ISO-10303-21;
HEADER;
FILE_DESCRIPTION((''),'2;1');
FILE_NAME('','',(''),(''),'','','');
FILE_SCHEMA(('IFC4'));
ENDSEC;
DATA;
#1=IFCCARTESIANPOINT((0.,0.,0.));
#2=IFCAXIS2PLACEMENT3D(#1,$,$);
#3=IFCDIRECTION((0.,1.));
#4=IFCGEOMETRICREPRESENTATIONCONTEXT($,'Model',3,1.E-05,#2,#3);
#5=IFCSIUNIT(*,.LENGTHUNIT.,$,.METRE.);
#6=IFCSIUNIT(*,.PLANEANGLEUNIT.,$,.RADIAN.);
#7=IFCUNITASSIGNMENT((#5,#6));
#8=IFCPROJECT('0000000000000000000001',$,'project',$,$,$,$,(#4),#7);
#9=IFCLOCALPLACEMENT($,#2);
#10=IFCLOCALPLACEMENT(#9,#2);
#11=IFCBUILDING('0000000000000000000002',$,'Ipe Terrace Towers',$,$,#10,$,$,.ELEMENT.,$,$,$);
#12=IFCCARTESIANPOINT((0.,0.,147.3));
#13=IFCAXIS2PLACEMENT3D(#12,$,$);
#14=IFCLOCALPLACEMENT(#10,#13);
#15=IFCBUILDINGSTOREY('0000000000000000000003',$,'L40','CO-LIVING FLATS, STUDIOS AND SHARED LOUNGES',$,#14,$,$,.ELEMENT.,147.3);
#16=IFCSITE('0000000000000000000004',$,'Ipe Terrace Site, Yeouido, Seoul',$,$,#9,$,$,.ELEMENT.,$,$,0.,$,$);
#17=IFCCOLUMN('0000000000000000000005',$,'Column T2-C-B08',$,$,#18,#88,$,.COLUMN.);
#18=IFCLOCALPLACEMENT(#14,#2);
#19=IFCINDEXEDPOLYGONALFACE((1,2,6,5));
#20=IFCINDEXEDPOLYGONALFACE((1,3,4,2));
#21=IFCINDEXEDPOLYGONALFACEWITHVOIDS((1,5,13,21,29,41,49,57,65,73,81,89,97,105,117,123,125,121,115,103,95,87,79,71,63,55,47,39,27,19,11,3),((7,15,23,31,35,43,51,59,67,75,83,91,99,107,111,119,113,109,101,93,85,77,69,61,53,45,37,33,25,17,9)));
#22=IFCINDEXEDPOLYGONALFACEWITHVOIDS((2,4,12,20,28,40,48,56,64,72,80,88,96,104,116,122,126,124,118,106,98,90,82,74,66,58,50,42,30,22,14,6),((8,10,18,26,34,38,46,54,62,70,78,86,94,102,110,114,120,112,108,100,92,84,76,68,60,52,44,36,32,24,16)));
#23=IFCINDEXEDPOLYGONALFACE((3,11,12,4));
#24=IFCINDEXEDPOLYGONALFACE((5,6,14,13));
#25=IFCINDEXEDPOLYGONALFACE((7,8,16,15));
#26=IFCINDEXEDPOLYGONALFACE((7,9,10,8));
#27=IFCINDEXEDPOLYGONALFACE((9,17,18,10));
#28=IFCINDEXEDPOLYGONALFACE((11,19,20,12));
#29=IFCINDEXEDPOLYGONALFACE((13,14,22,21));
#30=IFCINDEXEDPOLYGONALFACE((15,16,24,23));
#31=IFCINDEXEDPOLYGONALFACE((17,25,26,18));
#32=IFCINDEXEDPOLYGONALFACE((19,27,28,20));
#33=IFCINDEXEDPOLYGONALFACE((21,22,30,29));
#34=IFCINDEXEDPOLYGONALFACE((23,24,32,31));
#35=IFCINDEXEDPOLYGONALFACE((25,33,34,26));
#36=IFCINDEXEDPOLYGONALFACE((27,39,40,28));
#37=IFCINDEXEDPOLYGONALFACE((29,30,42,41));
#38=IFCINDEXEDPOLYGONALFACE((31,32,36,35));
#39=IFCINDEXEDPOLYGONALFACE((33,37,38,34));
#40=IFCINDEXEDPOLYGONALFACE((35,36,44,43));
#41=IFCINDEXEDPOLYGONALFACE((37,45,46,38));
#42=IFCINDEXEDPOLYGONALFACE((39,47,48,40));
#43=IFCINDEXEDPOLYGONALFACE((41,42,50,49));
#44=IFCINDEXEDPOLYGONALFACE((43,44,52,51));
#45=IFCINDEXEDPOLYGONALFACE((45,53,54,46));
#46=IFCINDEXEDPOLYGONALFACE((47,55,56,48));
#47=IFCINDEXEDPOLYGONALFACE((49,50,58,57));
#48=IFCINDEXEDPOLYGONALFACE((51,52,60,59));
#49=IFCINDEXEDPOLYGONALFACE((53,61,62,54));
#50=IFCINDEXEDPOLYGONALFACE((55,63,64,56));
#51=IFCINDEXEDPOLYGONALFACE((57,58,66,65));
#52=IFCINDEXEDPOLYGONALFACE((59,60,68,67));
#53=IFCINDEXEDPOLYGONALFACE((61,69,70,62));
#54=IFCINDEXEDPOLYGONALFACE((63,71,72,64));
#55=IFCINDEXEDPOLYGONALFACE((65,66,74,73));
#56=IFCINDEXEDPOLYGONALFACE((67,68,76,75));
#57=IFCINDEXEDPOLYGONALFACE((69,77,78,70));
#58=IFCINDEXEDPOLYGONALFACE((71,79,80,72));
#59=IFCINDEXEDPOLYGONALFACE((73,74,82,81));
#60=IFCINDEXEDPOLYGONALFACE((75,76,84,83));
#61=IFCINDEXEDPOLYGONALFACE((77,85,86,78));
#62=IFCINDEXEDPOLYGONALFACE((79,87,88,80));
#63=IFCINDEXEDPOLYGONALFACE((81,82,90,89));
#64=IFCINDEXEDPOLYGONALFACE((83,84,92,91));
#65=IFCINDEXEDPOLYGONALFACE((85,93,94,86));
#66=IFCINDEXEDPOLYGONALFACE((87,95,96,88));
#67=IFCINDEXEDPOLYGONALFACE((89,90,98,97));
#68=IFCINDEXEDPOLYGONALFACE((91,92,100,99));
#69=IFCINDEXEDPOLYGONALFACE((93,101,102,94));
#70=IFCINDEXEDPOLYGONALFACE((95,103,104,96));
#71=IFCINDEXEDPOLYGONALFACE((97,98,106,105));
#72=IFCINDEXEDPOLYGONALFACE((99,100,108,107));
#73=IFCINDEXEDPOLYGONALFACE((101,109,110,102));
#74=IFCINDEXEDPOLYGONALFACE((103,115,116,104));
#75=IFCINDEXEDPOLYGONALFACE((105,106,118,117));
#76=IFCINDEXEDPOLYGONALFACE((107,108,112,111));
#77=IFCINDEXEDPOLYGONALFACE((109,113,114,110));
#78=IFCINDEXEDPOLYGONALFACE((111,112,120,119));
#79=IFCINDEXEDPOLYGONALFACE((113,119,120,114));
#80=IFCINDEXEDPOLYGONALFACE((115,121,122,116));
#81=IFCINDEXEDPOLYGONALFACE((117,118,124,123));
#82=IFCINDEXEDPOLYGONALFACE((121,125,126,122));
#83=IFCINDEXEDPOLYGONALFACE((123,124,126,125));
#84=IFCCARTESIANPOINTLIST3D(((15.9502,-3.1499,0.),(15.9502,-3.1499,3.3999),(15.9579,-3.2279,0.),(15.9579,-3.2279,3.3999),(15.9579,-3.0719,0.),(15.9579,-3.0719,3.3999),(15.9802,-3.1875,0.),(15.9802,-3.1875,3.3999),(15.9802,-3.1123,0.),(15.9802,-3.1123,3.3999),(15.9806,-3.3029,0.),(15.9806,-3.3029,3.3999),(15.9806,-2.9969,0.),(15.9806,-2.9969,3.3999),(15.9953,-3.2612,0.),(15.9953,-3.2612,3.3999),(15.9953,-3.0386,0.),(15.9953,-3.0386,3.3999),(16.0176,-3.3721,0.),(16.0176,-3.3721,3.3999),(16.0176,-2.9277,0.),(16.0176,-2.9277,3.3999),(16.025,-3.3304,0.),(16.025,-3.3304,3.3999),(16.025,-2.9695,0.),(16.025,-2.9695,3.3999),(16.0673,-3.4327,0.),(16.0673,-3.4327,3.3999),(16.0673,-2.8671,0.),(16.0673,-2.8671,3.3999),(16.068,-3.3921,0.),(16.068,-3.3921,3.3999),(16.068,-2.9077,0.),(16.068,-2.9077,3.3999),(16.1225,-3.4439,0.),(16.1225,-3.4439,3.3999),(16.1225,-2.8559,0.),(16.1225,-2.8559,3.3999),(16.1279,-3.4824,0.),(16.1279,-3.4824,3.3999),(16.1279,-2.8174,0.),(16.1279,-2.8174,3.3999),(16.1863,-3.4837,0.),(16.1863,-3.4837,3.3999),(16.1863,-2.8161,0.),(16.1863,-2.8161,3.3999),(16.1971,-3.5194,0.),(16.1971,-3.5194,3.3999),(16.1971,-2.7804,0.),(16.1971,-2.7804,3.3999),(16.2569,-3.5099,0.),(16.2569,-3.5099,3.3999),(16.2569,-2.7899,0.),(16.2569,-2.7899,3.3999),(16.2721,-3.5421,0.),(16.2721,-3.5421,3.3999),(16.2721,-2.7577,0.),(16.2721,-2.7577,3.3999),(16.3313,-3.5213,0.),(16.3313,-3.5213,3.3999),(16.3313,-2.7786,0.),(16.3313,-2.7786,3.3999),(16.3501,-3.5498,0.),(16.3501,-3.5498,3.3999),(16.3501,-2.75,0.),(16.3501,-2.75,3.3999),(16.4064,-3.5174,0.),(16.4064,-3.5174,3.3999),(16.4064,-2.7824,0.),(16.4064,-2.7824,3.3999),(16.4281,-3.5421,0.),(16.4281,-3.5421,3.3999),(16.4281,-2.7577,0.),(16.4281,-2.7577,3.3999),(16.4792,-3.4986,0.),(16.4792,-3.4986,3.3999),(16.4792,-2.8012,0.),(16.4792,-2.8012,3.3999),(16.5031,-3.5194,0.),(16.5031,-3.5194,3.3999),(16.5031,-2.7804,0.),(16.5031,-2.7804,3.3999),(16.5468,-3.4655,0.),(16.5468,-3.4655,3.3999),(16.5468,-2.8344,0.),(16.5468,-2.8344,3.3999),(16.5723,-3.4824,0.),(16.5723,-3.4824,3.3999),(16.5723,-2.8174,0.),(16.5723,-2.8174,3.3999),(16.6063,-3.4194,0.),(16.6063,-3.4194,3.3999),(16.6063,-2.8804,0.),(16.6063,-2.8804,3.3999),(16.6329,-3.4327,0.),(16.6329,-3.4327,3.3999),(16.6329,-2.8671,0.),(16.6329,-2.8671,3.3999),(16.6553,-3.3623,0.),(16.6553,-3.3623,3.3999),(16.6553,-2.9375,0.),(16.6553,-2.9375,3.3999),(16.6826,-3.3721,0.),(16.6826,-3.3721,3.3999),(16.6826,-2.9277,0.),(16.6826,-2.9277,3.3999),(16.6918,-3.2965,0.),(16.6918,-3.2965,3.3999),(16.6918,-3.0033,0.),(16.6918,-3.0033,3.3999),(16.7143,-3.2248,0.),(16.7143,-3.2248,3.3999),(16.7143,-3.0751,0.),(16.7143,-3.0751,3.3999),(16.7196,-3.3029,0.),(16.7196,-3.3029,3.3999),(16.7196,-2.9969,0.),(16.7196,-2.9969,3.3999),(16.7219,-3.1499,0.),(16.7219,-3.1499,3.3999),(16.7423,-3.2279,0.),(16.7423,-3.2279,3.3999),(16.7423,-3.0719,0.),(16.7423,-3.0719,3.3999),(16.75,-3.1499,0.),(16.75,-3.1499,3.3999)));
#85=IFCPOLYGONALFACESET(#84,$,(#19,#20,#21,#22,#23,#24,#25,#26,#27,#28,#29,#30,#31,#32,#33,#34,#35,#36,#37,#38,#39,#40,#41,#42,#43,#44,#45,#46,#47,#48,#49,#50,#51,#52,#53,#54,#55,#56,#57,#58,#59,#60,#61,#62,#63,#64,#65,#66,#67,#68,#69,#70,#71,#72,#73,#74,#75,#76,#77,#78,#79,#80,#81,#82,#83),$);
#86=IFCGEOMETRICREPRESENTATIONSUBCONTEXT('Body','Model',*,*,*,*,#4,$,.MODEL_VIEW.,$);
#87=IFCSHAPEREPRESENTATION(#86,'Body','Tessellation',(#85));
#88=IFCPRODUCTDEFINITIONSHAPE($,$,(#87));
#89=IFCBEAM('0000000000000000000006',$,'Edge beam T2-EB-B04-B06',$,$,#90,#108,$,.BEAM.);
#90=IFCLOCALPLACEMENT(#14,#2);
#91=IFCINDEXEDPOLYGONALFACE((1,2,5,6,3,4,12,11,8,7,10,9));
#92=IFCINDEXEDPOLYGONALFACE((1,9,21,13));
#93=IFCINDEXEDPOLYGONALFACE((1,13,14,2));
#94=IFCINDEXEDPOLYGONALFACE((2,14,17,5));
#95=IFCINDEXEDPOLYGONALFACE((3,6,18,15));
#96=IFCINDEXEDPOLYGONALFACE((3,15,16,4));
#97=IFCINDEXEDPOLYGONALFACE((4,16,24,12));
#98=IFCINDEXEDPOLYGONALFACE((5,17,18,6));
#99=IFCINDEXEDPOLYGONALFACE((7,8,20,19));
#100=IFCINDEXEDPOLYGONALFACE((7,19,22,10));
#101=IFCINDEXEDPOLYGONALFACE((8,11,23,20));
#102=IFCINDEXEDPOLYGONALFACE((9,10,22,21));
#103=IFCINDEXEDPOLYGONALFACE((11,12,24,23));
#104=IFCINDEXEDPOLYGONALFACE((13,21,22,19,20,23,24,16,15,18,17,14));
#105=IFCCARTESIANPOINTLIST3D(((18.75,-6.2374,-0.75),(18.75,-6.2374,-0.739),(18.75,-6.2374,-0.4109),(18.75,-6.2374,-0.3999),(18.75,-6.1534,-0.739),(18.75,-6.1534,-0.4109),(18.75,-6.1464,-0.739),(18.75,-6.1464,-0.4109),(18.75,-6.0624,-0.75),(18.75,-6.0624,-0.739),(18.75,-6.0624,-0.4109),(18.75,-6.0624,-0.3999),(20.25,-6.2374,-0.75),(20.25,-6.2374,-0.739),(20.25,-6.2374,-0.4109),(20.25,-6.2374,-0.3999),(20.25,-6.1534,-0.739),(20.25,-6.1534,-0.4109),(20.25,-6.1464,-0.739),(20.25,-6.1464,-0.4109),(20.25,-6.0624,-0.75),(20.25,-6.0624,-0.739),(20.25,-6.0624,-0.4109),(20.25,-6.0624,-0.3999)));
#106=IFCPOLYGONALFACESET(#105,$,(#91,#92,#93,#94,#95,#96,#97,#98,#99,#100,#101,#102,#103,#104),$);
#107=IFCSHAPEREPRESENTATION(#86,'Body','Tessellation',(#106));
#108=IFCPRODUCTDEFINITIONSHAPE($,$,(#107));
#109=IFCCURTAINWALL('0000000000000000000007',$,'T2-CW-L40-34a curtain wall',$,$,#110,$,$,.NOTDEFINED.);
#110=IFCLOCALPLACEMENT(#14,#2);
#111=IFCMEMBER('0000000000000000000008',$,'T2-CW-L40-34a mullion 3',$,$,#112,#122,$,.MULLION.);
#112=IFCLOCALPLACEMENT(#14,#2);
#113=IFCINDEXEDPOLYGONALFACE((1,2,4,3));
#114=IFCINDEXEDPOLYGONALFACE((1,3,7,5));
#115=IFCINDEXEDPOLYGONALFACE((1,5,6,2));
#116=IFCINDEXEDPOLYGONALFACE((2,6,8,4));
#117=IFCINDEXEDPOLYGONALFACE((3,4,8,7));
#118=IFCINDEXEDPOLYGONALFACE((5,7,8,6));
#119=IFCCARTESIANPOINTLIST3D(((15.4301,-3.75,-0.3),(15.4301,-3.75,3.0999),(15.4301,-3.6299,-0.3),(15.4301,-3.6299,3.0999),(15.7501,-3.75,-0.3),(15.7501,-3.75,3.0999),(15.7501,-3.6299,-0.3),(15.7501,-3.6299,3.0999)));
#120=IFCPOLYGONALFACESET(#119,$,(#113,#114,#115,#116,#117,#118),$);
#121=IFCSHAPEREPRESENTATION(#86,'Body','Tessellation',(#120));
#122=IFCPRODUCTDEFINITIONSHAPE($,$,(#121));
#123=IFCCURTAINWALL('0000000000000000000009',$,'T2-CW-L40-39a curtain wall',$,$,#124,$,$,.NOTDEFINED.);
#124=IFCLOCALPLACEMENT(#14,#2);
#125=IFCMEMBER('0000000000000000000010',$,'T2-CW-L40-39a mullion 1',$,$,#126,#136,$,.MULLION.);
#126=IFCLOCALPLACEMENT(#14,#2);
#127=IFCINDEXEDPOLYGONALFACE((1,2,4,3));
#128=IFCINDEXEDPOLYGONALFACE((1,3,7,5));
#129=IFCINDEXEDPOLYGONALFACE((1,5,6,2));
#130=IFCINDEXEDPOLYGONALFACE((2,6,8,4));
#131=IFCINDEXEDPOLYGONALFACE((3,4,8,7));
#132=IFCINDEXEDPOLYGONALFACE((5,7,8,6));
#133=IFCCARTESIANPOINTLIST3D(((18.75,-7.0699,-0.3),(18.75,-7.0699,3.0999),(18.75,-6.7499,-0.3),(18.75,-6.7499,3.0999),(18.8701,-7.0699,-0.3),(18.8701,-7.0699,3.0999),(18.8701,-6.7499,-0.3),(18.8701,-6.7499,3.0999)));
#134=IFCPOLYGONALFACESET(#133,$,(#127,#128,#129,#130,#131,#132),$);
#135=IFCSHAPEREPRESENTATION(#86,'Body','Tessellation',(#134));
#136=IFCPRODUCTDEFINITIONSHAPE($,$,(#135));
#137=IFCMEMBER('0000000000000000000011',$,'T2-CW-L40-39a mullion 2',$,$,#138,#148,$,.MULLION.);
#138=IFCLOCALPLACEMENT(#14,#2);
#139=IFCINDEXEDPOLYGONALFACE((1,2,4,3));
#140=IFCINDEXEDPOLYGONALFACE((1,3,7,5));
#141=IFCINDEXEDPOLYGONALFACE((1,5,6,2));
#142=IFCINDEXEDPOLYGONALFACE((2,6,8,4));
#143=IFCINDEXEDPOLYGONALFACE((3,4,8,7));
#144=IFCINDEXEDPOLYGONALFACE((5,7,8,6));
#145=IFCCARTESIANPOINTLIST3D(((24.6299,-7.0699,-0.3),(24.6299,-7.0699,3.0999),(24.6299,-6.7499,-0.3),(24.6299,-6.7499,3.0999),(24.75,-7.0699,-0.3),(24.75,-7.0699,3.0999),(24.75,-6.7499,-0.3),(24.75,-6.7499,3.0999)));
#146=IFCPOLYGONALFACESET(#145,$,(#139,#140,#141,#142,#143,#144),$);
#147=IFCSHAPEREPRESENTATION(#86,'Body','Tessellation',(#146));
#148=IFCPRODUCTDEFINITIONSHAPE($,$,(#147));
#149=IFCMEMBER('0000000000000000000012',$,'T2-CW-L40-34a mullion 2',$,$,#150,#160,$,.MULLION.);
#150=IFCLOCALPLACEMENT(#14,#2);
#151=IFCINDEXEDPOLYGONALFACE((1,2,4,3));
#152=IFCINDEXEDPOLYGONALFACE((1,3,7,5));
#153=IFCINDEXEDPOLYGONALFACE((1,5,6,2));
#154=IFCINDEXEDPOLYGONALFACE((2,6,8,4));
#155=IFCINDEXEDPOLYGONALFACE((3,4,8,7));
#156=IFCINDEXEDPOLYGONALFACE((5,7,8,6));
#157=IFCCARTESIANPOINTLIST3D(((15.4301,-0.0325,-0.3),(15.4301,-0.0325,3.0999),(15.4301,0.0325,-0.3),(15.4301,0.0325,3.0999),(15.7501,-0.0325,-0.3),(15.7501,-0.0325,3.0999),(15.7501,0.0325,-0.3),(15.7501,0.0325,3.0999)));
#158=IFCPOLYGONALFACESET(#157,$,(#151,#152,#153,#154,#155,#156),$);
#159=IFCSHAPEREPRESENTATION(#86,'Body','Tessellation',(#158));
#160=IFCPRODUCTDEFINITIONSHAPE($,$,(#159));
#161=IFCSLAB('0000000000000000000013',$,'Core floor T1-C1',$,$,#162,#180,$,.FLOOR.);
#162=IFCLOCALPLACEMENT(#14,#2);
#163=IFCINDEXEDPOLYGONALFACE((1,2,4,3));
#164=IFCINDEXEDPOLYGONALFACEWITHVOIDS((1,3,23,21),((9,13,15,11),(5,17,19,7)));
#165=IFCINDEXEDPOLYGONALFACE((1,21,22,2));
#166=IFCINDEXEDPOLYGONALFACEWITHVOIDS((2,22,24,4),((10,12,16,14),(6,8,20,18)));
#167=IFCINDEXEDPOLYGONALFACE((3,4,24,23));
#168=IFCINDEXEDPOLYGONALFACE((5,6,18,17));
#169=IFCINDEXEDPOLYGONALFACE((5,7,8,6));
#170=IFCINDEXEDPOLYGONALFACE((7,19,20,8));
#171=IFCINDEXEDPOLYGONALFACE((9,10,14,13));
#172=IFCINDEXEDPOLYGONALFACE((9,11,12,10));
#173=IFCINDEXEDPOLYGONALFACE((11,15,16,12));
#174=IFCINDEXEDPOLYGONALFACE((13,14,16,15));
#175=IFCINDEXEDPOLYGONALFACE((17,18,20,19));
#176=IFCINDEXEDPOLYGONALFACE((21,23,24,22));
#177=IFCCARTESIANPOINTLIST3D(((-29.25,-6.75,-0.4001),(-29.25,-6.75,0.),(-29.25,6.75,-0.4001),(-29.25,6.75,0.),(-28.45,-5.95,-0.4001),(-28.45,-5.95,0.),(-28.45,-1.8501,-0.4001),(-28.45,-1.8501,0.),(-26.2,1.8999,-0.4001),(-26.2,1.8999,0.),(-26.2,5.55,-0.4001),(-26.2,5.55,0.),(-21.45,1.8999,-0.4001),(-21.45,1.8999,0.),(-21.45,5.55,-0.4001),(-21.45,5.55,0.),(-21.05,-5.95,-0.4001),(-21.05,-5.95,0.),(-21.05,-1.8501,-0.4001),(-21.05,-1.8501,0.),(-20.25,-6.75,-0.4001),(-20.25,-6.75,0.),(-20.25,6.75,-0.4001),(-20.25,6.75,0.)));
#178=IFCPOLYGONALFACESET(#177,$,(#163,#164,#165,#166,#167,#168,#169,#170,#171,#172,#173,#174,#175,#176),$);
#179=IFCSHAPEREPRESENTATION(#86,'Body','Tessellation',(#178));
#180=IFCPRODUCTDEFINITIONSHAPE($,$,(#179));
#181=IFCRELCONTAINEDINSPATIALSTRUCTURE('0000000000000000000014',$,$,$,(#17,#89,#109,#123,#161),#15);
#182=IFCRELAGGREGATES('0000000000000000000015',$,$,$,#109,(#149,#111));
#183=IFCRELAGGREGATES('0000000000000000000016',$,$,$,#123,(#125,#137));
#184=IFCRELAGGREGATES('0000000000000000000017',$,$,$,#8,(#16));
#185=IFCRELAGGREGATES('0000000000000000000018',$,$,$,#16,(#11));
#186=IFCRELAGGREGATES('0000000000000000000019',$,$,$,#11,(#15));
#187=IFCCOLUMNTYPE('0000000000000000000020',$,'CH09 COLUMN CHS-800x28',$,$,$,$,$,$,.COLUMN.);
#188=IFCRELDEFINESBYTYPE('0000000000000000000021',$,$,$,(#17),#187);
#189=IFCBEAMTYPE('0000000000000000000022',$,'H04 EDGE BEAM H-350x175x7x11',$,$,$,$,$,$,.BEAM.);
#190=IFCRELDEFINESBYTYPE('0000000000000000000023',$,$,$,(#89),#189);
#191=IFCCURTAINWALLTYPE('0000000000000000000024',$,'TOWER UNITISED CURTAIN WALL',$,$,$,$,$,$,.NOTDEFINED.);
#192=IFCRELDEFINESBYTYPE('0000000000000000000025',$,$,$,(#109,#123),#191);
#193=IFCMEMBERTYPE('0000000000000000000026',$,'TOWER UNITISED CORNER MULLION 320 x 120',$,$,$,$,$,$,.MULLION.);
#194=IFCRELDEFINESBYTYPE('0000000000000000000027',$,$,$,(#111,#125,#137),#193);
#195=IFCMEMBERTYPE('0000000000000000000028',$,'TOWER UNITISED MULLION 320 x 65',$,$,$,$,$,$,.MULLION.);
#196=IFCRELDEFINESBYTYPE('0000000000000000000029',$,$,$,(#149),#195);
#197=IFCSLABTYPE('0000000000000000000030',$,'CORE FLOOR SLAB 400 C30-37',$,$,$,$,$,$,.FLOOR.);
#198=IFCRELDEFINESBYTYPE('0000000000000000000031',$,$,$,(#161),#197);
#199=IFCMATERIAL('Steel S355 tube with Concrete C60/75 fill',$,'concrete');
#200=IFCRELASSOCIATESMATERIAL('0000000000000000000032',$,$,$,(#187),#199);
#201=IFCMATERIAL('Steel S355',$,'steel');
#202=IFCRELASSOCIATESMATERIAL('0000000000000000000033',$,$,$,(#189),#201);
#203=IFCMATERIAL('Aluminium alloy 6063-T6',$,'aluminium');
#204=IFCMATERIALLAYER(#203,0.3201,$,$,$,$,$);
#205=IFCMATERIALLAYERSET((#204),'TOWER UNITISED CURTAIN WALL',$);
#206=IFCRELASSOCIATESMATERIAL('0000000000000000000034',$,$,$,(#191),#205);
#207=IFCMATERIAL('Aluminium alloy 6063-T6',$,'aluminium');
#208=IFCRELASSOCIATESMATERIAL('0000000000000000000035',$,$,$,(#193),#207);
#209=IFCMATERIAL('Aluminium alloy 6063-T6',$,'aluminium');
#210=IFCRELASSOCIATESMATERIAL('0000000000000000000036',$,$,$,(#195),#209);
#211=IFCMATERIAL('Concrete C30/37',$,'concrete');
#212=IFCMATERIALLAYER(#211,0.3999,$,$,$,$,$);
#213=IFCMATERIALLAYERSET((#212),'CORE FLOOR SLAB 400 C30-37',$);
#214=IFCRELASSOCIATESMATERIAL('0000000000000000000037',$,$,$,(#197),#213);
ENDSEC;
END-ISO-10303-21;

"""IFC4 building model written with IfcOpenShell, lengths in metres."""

from ifc_helpers import new_model, si_unit, direction, frame, origin, origin_2d, place, context, subcontext, project, spatial, polyline, rectangle, hollow_circle, i_section, outline, extrude, material, layer, layer_set, material_profile, profile_set, type_object, element, aggregate, save


model = new_model("IFC4")

# Units and contexts
model_context = context("Model", 3, precision=1e-05, world=origin(), true_north=direction((0.0, 1.0)))
body_context = subcontext(model_context, "Body", "Model", "MODEL_VIEW")
ifc_project = project(units=[si_unit("LENGTHUNIT", "METRE"), si_unit("PLANEANGLEUNIT", "RADIAN")], contexts=[model_context])

# Site, building, storey
site_placement = place(None, origin())
site = spatial("IfcSite", under=ifc_project, at=site_placement, Name="Ipe Terrace Site, Yeouido, Seoul", CompositionType="ELEMENT", RefElevation=0.0)
building_placement = place(site_placement, origin())
building = spatial("IfcBuilding", under=site, at=building_placement, Name="Ipe Terrace Towers", CompositionType="ELEMENT")
storey_placement = place(building_placement, frame((0.0, 0.0, 147.3)))
storey = spatial("IfcBuildingStorey", under=building, at=storey_placement, Name="L40", Description="CO-LIVING FLATS, STUDIOS AND SHARED LOUNGES", CompositionType="ELEMENT", Elevation=147.3)

# Column
ifc_material_1 = material(Name="Steel S355 tube with Concrete C60/75 fill", Category="concrete")
ifc_material_profile_1 = material_profile(ifc_material_1, hollow_circle(Radius=0.3999, WallThickness=0.0281, at=origin_2d()), Name="CHS-800x28")
ifc_profile_set_1 = profile_set([ifc_material_profile_1], Name="Steel S355 tube with Concrete C60/75 fill")
column_type = type_object("IfcColumnType", Name="CH09 COLUMN CHS-800x28", PredefinedType="COLUMN", material=ifc_profile_set_1)
for number, where, z_axis, x_axis, name in (
    (1, (16.3501, -3.1499, 0.0), (0.0, 0.0, 1.0), (1.0, 0.0, 0.0), "Column T2-C-B08"),
):
    element("IfcColumn", number, at=place(storey_placement, frame(where, z_axis=z_axis, x_axis=x_axis)), inside=storey, type_object=column_type, Name=name, PredefinedType="COLUMN", context=body_context, shape_type="SweptSolid", body=[
        extrude(hollow_circle(Radius=0.3999, WallThickness=0.0281, at=origin_2d()), origin(), (0.0, 0.0, 1.0), 3.3999),
    ])

# Beam
ifc_material_2 = material(Name="Steel S355", Category="steel")
ifc_material_profile_2 = material_profile(ifc_material_2, i_section(OverallWidth=0.175, OverallDepth=0.3501, WebThickness=0.0071, FlangeThickness=0.011, at=origin_2d()), Name="H-350x175x7x11")
ifc_profile_set_2 = profile_set([ifc_material_profile_2], Name="Steel S355")
beam_type = type_object("IfcBeamType", Name="H04 EDGE BEAM H-350x175x7x11", PredefinedType="BEAM", material=ifc_profile_set_2)
beam_placement = place(storey_placement, frame((20.25, -6.1499, -0.575), z_axis=(-1.0, 0.0, 0.0), x_axis=(0.0, -1.0, 0.0)))
element("IfcBeam", 2, at=beam_placement, inside=storey, type_object=beam_type, Name="Edge beam T2-EB-B04-B06", PredefinedType="BEAM", context=body_context, shape_type="SweptSolid", body=[
    extrude(i_section(OverallWidth=0.175, OverallDepth=0.3501, WebThickness=0.0071, FlangeThickness=0.011, at=origin_2d()), origin(), (0.0, 0.0, 1.0), 1.5),
])

# Curtain wall, member
ifc_material_3 = material(Name="Aluminium alloy 6063-T6", Category="aluminium")
ifc_layer_1 = layer(ifc_material_3, 0.3201)
ifc_layer_set_1 = layer_set([ifc_layer_1], Name="TOWER UNITISED CURTAIN WALL")
curtain_wall_type = type_object("IfcCurtainWallType", Name="TOWER UNITISED CURTAIN WALL", PredefinedType="NOTDEFINED", material=ifc_layer_set_1)
curtain_wall_1_placement = place(storey_placement, origin())
curtain_wall_1 = element("IfcCurtainWall", 3, at=curtain_wall_1_placement, inside=storey, type_object=curtain_wall_type, Name="T2-CW-L40-34a curtain wall", PredefinedType="NOTDEFINED")
ifc_material_4 = material(Name="Aluminium alloy 6063-T6", Category="aluminium")
ifc_material_profile_3 = material_profile(ifc_material_4, rectangle(XDim=0.3201, YDim=0.1201, at=origin_2d()), Name="TOWER UNITISED CORNER MULLION 320 x 120")
ifc_profile_set_3 = profile_set([ifc_material_profile_3], Name="Aluminium alloy 6063-T6")
member_type_1 = type_object("IfcMemberType", Name="TOWER UNITISED CORNER MULLION 320 x 120", PredefinedType="MULLION", material=ifc_profile_set_3)
member_1_placement = place(storey_placement, frame((15.5901, -3.6899, -0.3), z_axis=(0.0, 0.0, 1.0), x_axis=(-1.0, 0.0, 0.0)))
member_1 = element("IfcMember", 4, at=member_1_placement, type_object=member_type_1, Name="T2-CW-L40-34a mullion 3", PredefinedType="MULLION", context=body_context, shape_type="SweptSolid", body=[
    extrude(rectangle(XDim=0.3201, YDim=0.1201, at=origin_2d()), origin(), (0.0, 0.0, 1.0), 3.3999),
])

# Curtain wall, members
curtain_wall_2_placement = place(storey_placement, origin())
curtain_wall_2 = element("IfcCurtainWall", 5, at=curtain_wall_2_placement, inside=storey, type_object=curtain_wall_type, Name="T2-CW-L40-39a curtain wall", PredefinedType="NOTDEFINED")
member_2_placement = place(storey_placement, frame((18.8101, -6.9099, -0.3), z_axis=(0.0, 0.0, 1.0), x_axis=(0.0, -1.0, 0.0)))
member_2 = element("IfcMember", 6, at=member_2_placement, type_object=member_type_1, Name="T2-CW-L40-39a mullion 1", PredefinedType="MULLION", context=body_context, shape_type="SweptSolid", body=[
    extrude(rectangle(XDim=0.3201, YDim=0.1201, at=origin_2d()), origin(), (0.0, 0.0, 1.0), 3.3999),
])
member_3_placement = place(storey_placement, frame((24.6899, -6.9099, -0.3), z_axis=(0.0, 0.0, 1.0), x_axis=(0.0, -1.0, 0.0)))
member_3 = element("IfcMember", 7, at=member_3_placement, type_object=member_type_1, Name="T2-CW-L40-39a mullion 2", PredefinedType="MULLION", context=body_context, shape_type="SweptSolid", body=[
    extrude(rectangle(XDim=0.3201, YDim=0.1201, at=origin_2d()), origin(), (0.0, 0.0, 1.0), 3.3999),
])

# Member
ifc_material_5 = material(Name="Aluminium alloy 6063-T6", Category="aluminium")
ifc_material_profile_4 = material_profile(ifc_material_5, rectangle(XDim=0.3201, YDim=0.0649, at=origin_2d()), Name="TOWER UNITISED MULLION 320 x 65")
ifc_profile_set_4 = profile_set([ifc_material_profile_4], Name="Aluminium alloy 6063-T6")
member_type_2 = type_object("IfcMemberType", Name="TOWER UNITISED MULLION 320 x 65", PredefinedType="MULLION", material=ifc_profile_set_4)
member_4_placement = place(storey_placement, frame((15.5901, 0.0, -0.3), z_axis=(0.0, 0.0, 1.0), x_axis=(-1.0, 0.0, 0.0)))
member_4 = element("IfcMember", 8, at=member_4_placement, type_object=member_type_2, Name="T2-CW-L40-34a mullion 2", PredefinedType="MULLION", context=body_context, shape_type="SweptSolid", body=[
    extrude(rectangle(XDim=0.3201, YDim=0.0649, at=origin_2d()), origin(), (0.0, 0.0, 1.0), 3.3999),
])

# Slab
ifc_material_6 = material(Name="Concrete C30/37", Category="concrete")
ifc_layer_2 = layer(ifc_material_6, 0.3999)
ifc_layer_set_2 = layer_set([ifc_layer_2], Name="CORE FLOOR SLAB 400 C30-37")
slab_type_1 = type_object("IfcSlabType", Name="CORE FLOOR SLAB 400 C30-37", PredefinedType="FLOOR", material=ifc_layer_set_2)
slab_1_placement = place(storey_placement, frame((0.0, 0.0, -0.4001)))
element("IfcSlab", 9, at=slab_1_placement, inside=storey, type_object=slab_type_1, Name="Core floor T1-C1", PredefinedType="FLOOR", context=body_context, shape_type="SweptSolid", body=[
    extrude(outline(polyline([(-29.25, -6.75), (-29.25, 6.75), (-20.25, 6.75), (-20.25, -6.75), (-29.25, -6.75)]), holes=[polyline([(-28.45, -5.95), (-21.05, -5.95), (-21.05, -1.8501), (-28.45, -1.8501), (-28.45, -5.95)]), polyline([(-26.2, 5.55), (-26.2, 1.8999), (-21.45, 1.8999), (-21.45, 5.55), (-26.2, 5.55)])]), origin(), (0.0, 0.0, 1.0), 0.4001),
])

aggregate(curtain_wall_1, [member_4, member_1])
aggregate(curtain_wall_2, [member_2, member_3])

save(model, "model.ifc")
